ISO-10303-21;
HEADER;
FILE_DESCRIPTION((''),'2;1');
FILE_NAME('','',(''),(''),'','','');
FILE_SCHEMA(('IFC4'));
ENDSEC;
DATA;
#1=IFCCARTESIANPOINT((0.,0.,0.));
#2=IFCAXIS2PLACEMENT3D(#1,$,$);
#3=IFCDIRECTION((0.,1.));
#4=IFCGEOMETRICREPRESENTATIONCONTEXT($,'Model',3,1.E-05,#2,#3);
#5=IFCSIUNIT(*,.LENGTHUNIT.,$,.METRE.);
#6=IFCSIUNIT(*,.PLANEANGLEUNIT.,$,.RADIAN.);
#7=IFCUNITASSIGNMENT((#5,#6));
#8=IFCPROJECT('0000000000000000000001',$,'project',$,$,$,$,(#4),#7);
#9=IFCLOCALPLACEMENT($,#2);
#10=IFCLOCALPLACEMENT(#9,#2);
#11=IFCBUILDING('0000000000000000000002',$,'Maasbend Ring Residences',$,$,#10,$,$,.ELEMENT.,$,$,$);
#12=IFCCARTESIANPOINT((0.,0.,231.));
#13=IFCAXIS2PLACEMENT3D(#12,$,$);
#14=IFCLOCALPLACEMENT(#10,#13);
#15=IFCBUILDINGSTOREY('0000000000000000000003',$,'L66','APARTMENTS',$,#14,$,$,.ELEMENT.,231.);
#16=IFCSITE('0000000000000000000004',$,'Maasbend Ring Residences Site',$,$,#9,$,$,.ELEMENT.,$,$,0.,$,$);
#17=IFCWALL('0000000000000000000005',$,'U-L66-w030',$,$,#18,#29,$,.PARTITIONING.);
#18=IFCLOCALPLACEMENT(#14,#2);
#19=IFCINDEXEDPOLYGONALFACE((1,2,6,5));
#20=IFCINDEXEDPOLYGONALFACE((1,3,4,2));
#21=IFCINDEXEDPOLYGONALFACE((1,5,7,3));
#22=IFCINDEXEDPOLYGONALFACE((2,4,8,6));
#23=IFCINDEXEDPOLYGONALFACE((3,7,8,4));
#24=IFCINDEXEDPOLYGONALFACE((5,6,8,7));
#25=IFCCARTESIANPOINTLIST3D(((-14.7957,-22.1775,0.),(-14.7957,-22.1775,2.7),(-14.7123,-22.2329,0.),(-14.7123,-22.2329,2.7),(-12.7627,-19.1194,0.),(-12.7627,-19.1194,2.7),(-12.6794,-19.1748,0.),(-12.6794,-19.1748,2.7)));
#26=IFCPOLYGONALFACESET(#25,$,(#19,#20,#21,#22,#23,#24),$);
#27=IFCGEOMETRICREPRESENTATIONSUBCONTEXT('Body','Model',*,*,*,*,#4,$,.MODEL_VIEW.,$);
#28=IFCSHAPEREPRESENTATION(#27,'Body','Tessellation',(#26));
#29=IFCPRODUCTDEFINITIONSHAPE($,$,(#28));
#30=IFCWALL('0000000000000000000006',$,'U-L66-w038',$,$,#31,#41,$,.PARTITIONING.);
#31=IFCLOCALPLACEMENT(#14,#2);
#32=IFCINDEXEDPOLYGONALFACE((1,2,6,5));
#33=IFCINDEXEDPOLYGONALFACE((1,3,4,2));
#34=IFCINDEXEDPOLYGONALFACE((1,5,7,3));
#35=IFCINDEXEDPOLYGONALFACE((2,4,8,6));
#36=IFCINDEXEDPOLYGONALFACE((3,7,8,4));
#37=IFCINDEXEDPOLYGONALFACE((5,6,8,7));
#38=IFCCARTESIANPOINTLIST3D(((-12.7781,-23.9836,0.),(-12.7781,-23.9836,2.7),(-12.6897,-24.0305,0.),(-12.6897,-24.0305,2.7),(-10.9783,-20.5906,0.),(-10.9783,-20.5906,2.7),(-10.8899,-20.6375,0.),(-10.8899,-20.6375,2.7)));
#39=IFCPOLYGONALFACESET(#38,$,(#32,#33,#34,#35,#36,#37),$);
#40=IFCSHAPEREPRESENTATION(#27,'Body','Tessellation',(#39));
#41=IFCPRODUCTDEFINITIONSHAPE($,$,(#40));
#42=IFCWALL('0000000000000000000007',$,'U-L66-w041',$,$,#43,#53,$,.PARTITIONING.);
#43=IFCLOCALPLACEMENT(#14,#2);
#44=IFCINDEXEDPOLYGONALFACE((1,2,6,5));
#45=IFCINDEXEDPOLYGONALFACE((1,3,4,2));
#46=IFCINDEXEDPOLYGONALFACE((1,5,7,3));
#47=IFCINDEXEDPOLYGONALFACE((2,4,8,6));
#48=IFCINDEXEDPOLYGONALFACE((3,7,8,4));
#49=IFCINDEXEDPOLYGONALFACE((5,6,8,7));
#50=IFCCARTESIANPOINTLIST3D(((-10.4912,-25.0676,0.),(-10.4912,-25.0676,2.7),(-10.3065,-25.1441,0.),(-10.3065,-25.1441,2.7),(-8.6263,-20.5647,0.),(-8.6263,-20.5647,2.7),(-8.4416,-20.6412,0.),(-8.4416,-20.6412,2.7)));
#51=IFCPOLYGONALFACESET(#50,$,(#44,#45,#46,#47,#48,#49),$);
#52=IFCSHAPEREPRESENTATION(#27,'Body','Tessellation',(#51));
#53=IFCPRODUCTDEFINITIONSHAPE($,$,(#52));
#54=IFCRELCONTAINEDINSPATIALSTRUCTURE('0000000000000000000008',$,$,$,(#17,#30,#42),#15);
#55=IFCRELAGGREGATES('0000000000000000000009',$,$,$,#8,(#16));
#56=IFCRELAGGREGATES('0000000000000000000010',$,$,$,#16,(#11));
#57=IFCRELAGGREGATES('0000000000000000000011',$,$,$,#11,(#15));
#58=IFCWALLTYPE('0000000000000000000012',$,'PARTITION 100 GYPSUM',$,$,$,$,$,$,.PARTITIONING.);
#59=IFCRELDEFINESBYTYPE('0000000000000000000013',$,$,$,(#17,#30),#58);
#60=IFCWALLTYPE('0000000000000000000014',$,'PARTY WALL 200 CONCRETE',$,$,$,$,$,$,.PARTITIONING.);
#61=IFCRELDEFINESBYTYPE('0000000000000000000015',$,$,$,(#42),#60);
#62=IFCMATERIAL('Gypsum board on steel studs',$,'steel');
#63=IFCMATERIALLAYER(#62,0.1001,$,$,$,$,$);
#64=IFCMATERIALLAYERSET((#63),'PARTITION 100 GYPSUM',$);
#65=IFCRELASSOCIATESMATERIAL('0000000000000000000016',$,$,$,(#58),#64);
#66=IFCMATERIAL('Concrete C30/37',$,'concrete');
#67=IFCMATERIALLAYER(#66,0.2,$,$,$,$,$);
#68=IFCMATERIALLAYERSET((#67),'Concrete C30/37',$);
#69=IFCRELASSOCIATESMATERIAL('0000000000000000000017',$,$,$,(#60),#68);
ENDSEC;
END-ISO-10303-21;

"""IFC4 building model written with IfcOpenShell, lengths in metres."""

from ifc_helpers import new_model, si_unit, direction, frame, frame_2d, origin, place, context, subcontext, project, spatial, rectangle, extrude, material, layer, layer_set, type_object, element, save


model = new_model("IFC4")

# Units and contexts
model_context = context("Model", 3, precision=1e-05, world=origin(), true_north=direction((0.0, 1.0)))
body_context = subcontext(model_context, "Body", "Model", "MODEL_VIEW")
ifc_project = project(units=[si_unit("LENGTHUNIT", "METRE"), si_unit("PLANEANGLEUNIT", "RADIAN")], contexts=[model_context])

# Site, building, storey
site_placement = place(None, origin())
site = spatial("IfcSite", under=ifc_project, at=site_placement, Name="Maasbend Ring Residences Site", CompositionType="ELEMENT", RefElevation=0.0)
building_placement = place(site_placement, origin())
building = spatial("IfcBuilding", under=site, at=building_placement, Name="Maasbend Ring Residences", CompositionType="ELEMENT")
storey_placement = place(building_placement, frame((0.0, 0.0, 231.0)))
storey = spatial("IfcBuildingStorey", under=building, at=storey_placement, Name="L66", Description="APARTMENTS", CompositionType="ELEMENT", Elevation=231.0)

# Shared definitions
ifc_material_1 = material(Name="Gypsum board on steel studs", Category="steel")
ifc_layer_1 = layer(ifc_material_1, 0.1001)
ifc_layer_set_1 = layer_set([ifc_layer_1], Name="PARTITION 100 GYPSUM")
wall_type_1 = type_object("IfcWallType", Name="PARTITION 100 GYPSUM", PredefinedType="PARTITIONING", material=ifc_layer_set_1)

# Walls
wall_1_placement = place(storey_placement, frame((-14.7539, -22.2051, 0.0), z_axis=(0.0, 0.0, 1.0), x_axis=(0.55361, 0.832776, 0.0)))
element("IfcWall", 1, at=wall_1_placement, inside=storey, type_object=wall_type_1, Name="U-L66-w030", PredefinedType="PARTITIONING", context=body_context, shape_type="SweptSolid", body=[
    extrude(rectangle(XDim=3.6721, YDim=0.1001, at=frame_2d((1.8359, 0.0))), origin(), (0.0, 0.0, 1.0), 2.7),
])
wall_2_placement = place(storey_placement, frame((-12.7339, -24.0071, 0.0), z_axis=(0.0, 0.0, 1.0), x_axis=(0.468594, 0.883413, 0.0)))
element("IfcWall", 2, at=wall_2_placement, inside=storey, type_object=wall_type_1, Name="U-L66-w038", PredefinedType="PARTITIONING", context=body_context, shape_type="SweptSolid", body=[
    extrude(rectangle(XDim=3.8408, YDim=0.1001, at=frame_2d((1.9204, 0.0))), origin(), (0.0, 0.0, 1.0), 2.7),
])
ifc_material_2 = material(Name="Concrete C30/37", Category="concrete")
ifc_layer_2 = layer(ifc_material_2, 0.2)
ifc_layer_set_2 = layer_set([ifc_layer_2], Name="Concrete C30/37")
wall_type_2 = type_object("IfcWallType", Name="PARTY WALL 200 CONCRETE", PredefinedType="PARTITIONING", material=ifc_layer_set_2)
wall_3_placement = place(storey_placement, frame((-10.3989, -25.106, 0.0), z_axis=(0.0, 0.0, 1.0), x_axis=(0.382651, 0.923893, 0.0)))
element("IfcWall", 3, at=wall_3_placement, inside=storey, type_object=wall_type_2, Name="U-L66-w041", PredefinedType="PARTITIONING", context=body_context, shape_type="SweptSolid", body=[
    extrude(rectangle(XDim=4.8738, YDim=0.2, at=frame_2d((2.437, 0.0))), origin(), (0.0, 0.0, 1.0), 2.7),
])

save(model, "model.ifc")
